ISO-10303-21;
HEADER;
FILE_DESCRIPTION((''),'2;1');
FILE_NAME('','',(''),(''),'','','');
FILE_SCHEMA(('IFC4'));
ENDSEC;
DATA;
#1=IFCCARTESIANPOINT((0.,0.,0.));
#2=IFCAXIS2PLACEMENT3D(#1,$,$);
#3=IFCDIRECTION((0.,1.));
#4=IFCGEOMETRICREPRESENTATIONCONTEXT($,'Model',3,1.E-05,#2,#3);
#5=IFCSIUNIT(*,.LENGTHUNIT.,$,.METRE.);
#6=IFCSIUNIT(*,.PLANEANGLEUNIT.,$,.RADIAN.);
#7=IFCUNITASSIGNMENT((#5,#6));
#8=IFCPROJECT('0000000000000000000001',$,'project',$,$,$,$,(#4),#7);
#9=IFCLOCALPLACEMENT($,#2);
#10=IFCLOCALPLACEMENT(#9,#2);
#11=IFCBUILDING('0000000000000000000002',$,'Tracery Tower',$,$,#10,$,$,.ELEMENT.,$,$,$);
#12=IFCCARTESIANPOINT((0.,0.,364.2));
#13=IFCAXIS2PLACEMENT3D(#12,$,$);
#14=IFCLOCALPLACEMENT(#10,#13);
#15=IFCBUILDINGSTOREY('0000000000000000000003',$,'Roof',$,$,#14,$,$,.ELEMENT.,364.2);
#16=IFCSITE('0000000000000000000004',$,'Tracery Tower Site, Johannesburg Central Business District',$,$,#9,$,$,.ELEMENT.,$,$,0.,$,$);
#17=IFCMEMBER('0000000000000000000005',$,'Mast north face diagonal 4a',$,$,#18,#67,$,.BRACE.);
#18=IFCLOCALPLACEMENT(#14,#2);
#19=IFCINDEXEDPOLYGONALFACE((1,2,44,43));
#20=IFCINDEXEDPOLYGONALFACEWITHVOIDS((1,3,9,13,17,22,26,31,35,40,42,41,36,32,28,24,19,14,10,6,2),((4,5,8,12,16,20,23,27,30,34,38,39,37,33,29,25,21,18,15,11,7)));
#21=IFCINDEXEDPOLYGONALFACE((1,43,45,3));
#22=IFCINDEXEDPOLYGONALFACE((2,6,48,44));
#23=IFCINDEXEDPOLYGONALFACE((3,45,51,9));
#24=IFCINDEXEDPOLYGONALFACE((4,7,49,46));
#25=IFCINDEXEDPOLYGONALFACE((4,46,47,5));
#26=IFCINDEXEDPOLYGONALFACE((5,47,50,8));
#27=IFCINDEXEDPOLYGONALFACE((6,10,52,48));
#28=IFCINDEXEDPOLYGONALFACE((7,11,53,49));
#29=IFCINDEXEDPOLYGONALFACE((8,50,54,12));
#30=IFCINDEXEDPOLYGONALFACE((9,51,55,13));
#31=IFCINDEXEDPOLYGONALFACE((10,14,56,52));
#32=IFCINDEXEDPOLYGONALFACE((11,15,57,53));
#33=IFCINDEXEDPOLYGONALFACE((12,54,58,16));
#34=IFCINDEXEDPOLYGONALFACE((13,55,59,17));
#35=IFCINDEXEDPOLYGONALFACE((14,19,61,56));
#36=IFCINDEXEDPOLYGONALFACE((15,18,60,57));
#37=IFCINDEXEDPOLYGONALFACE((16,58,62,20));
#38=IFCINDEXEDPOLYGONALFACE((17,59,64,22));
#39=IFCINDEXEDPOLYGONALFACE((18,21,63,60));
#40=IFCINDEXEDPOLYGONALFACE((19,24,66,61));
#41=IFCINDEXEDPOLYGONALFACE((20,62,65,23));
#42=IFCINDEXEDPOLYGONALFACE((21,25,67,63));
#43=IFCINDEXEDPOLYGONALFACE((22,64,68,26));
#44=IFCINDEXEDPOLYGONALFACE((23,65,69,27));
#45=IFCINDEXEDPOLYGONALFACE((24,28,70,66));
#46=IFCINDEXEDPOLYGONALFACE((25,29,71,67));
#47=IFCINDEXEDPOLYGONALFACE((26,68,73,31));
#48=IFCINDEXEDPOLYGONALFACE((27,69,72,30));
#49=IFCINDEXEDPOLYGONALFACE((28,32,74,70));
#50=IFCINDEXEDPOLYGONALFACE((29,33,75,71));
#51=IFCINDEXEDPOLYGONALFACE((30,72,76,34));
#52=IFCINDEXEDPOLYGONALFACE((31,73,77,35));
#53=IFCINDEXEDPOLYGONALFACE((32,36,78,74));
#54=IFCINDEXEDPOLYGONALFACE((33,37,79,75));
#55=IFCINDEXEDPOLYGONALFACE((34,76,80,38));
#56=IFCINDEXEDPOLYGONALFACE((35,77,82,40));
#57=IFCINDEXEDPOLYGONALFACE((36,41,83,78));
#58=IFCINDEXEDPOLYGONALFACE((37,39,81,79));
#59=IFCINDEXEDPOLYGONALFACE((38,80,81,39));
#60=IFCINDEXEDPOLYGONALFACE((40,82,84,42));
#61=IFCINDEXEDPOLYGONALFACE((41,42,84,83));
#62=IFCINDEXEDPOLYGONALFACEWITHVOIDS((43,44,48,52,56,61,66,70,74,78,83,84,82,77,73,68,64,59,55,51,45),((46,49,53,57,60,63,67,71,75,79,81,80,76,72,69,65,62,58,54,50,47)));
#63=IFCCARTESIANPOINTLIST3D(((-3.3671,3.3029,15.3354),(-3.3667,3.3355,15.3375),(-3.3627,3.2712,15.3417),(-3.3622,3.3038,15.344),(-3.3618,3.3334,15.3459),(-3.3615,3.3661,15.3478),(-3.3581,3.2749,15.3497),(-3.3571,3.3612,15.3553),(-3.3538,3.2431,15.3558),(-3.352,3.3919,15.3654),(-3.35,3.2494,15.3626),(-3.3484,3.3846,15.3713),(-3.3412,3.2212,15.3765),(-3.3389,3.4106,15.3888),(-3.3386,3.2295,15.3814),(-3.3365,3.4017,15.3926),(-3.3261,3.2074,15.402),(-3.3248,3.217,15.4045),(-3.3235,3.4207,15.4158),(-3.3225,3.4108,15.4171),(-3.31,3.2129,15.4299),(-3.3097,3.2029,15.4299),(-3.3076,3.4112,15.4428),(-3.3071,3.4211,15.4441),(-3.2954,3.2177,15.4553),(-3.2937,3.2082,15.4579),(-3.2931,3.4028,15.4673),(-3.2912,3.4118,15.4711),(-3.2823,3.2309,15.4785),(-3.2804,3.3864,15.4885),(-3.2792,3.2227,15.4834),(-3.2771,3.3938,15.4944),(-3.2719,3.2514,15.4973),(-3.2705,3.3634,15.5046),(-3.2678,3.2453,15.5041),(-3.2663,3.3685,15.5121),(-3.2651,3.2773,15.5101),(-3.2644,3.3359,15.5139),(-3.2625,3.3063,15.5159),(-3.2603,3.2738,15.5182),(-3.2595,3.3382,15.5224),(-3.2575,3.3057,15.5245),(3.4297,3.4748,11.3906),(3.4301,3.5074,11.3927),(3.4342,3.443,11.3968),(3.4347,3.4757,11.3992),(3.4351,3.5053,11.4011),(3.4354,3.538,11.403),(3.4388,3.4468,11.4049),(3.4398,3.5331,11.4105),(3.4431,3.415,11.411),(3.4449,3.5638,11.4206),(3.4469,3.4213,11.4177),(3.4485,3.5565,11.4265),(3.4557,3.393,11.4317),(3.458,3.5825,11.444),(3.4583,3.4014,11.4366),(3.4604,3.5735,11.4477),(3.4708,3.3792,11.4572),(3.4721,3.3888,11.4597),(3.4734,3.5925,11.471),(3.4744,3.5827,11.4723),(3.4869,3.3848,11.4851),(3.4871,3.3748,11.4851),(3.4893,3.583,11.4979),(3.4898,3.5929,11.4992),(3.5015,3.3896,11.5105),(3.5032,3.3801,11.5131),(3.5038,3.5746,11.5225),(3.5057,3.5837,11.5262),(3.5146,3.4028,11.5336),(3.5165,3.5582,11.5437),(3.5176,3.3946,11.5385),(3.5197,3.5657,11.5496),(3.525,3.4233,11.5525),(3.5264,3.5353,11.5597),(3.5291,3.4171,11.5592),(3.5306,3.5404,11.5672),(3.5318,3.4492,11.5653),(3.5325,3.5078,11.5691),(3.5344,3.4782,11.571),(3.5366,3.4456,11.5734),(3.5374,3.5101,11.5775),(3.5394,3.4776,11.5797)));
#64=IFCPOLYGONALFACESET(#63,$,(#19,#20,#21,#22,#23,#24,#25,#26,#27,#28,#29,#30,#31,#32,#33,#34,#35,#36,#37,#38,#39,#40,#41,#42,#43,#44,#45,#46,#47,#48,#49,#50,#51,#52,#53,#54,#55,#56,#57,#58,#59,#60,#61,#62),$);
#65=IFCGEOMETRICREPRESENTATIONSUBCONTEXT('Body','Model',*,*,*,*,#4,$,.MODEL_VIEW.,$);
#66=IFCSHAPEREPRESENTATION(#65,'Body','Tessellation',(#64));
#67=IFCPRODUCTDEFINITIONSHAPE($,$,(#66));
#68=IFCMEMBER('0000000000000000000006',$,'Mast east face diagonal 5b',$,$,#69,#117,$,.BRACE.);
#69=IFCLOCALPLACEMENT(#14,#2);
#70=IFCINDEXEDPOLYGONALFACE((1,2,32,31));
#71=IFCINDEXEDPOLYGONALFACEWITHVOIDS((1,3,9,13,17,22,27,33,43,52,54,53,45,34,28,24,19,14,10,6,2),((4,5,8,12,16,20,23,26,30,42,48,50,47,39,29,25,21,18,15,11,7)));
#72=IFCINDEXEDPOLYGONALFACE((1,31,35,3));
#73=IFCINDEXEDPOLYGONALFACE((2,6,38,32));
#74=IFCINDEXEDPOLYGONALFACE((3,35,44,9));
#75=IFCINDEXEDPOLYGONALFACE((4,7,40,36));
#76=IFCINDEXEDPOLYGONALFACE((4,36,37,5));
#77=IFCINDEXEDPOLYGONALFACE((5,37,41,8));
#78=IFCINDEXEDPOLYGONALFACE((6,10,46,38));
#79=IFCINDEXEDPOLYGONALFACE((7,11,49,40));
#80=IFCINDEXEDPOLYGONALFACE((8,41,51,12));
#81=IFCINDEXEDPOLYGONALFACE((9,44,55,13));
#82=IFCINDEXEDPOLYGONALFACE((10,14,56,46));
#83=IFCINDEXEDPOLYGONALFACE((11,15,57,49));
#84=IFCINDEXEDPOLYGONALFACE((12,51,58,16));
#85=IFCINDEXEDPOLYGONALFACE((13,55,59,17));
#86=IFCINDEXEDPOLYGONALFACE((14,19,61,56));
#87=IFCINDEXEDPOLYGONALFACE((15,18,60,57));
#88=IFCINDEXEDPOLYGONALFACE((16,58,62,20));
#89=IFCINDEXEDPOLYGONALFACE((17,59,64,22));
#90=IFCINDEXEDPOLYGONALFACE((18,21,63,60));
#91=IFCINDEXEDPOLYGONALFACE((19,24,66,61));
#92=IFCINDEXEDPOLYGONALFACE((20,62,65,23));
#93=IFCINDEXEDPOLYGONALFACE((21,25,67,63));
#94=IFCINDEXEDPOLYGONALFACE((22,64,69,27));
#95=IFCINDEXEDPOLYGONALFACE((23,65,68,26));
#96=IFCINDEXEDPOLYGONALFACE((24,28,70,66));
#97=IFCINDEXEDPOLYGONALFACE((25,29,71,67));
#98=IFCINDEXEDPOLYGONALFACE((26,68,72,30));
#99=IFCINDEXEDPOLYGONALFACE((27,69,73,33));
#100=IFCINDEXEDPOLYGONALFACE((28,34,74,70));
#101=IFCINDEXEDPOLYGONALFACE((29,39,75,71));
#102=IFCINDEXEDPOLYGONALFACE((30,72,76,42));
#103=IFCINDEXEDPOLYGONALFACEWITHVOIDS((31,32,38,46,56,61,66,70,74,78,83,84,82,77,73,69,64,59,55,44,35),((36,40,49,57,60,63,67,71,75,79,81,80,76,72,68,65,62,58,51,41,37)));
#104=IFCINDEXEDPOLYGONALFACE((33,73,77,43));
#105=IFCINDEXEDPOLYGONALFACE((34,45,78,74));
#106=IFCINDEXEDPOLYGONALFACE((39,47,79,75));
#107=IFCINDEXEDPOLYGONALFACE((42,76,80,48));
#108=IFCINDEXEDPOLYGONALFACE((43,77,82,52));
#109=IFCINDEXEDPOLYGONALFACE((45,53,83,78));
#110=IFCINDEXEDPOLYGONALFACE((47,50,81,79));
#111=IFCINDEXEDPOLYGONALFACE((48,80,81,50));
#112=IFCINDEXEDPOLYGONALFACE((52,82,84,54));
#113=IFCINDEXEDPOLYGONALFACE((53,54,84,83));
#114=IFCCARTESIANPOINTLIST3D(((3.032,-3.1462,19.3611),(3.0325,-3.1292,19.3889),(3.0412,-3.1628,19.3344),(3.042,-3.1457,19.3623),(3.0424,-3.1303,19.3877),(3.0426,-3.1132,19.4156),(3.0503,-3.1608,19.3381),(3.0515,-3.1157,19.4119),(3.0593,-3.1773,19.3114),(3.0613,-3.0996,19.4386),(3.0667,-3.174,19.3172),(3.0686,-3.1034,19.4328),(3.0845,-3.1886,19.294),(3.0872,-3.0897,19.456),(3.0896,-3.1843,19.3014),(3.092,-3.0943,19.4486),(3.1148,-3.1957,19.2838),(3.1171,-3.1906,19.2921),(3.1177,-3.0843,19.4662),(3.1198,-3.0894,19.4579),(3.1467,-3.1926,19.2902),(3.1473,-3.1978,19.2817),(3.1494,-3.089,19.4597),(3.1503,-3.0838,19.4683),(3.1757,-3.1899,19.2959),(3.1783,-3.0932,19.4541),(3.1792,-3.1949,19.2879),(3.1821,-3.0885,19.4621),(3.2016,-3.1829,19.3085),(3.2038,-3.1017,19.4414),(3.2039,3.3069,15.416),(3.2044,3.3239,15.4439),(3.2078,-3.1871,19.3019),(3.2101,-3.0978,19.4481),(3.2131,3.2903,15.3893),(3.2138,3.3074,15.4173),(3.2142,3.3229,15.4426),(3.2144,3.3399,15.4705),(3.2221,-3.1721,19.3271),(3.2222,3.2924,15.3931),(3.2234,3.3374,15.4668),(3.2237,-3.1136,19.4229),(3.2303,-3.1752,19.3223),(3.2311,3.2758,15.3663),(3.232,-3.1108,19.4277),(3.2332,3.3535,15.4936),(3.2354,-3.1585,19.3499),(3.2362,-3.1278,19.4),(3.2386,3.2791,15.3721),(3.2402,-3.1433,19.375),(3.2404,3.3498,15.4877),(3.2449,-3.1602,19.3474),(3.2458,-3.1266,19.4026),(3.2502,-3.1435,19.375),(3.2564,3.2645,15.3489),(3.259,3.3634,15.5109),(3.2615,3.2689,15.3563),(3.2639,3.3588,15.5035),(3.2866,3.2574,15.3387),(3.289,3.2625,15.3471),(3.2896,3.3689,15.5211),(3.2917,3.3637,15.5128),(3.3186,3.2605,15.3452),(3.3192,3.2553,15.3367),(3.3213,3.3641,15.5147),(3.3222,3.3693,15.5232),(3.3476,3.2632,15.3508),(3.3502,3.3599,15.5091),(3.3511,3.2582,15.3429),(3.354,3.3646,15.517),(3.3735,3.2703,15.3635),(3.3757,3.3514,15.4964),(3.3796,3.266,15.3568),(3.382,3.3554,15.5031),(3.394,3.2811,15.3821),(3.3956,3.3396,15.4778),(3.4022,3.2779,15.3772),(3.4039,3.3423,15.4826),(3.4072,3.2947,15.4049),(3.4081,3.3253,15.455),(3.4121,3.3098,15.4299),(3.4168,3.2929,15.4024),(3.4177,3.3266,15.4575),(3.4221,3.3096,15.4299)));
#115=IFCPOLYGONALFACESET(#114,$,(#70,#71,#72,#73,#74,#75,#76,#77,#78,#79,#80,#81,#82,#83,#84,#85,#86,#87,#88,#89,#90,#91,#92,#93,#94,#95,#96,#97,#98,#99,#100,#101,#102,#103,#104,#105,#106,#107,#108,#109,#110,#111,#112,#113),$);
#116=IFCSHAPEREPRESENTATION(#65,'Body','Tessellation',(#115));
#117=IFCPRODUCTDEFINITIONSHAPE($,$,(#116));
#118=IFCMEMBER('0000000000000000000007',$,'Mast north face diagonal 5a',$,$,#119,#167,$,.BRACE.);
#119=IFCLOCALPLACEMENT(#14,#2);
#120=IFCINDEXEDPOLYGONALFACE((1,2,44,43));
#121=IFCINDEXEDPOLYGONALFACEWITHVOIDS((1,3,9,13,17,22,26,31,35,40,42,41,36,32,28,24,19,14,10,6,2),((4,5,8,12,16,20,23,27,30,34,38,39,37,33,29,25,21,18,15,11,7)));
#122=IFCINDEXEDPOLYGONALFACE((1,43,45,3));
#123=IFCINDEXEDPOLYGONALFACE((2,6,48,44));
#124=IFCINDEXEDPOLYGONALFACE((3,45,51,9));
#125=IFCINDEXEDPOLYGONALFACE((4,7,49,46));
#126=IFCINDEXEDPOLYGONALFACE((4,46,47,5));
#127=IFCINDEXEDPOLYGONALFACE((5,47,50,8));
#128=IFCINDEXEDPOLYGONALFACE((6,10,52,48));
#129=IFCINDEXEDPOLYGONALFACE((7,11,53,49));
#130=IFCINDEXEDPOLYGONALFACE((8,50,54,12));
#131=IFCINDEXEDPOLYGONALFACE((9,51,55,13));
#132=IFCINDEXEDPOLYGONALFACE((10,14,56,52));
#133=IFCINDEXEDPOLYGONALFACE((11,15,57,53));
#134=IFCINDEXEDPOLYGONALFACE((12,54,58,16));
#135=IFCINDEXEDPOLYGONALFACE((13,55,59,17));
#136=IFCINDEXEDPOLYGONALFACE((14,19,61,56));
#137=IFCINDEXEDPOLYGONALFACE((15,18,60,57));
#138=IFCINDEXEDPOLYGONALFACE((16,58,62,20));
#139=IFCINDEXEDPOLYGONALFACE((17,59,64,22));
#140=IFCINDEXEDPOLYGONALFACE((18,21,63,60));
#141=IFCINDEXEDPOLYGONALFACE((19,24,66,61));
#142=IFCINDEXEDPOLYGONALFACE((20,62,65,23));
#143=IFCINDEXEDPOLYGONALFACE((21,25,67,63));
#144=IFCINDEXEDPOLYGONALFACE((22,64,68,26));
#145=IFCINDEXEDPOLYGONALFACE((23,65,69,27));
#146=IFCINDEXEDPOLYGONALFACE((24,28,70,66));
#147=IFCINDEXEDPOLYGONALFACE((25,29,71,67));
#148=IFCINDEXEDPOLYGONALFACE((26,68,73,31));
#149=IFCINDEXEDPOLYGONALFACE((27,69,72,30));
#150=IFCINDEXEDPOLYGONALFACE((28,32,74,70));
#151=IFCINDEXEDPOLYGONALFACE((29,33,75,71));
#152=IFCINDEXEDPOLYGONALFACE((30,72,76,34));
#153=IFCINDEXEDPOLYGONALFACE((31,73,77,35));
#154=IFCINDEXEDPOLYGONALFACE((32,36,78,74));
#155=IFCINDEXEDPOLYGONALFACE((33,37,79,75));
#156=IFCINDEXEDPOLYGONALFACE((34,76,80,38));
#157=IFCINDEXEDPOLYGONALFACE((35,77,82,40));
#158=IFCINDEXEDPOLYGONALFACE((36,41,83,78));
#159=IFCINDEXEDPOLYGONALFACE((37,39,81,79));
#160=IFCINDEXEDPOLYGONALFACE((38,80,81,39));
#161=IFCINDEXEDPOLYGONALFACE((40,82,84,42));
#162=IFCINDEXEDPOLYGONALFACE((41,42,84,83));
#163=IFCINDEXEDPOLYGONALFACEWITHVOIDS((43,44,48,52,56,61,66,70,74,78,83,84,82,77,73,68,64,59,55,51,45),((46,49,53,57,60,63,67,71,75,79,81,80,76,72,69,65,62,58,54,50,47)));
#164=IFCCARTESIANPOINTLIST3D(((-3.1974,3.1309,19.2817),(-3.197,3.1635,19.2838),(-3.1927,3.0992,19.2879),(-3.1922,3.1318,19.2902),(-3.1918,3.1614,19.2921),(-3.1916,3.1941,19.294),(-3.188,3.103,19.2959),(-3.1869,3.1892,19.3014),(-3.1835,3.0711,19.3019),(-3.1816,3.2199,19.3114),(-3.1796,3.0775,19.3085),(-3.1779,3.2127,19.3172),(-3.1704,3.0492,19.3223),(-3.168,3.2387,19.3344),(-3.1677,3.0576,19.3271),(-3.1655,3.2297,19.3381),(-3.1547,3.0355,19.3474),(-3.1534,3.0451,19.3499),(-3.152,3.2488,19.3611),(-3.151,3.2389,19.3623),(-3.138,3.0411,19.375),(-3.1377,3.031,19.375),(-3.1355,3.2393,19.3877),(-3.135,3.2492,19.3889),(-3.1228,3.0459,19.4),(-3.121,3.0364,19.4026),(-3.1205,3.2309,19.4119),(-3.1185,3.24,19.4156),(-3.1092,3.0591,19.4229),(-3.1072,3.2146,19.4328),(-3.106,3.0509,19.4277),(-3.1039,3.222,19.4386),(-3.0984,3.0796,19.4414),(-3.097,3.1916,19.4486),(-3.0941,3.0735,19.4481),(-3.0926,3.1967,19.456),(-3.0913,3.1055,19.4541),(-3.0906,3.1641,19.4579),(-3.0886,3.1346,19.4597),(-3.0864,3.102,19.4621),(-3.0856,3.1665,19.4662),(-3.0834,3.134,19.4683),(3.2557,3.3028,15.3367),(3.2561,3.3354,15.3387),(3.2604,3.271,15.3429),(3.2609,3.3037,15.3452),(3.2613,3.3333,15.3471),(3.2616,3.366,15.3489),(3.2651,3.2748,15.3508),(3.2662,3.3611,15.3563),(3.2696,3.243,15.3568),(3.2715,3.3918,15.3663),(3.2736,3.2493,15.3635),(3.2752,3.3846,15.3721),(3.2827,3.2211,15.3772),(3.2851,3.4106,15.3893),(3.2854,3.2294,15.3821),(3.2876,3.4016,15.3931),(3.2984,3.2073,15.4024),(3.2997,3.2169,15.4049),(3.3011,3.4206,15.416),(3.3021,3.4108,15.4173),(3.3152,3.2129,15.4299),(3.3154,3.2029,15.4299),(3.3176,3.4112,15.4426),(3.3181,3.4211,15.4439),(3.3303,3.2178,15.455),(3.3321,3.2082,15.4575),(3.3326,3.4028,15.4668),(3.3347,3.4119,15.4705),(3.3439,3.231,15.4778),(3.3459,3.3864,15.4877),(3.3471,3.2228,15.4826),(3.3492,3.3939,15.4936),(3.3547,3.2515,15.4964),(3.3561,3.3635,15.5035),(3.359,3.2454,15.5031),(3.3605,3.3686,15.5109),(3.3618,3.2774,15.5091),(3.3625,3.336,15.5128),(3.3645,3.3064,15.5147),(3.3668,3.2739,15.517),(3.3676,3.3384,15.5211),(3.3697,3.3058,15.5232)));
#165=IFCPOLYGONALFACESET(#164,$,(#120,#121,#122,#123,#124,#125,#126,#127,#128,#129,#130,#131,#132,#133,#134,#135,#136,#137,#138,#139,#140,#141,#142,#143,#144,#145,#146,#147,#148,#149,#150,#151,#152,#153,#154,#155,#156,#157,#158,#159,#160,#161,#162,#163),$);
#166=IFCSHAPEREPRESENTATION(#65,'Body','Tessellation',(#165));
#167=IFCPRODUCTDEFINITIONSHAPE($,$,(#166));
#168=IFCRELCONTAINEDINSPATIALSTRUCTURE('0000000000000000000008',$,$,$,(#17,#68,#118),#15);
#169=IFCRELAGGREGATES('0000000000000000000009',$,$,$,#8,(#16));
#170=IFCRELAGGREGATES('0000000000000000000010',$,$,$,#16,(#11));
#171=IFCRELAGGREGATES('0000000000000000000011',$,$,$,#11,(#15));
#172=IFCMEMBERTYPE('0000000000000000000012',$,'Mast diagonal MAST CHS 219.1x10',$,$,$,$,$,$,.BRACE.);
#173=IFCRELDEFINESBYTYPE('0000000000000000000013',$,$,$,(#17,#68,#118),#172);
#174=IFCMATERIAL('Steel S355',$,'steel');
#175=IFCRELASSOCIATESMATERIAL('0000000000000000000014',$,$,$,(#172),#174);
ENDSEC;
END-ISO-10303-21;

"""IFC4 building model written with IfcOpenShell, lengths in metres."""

from ifc_helpers import new_model, si_unit, direction, frame, origin, origin_2d, place, context, subcontext, project, spatial, hollow_circle, extrude, material, material_profile, profile_set, type_object, element, save


model = new_model("IFC4")

# Units and contexts
model_context = context("Model", 3, precision=1e-05, world=origin(), true_north=direction((0.0, 1.0)))
body_context = subcontext(model_context, "Body", "Model", "MODEL_VIEW")
ifc_project = project(units=[si_unit("LENGTHUNIT", "METRE"), si_unit("PLANEANGLEUNIT", "RADIAN")], contexts=[model_context])

# Site, building, storey
site_placement = place(None, origin())
site = spatial("IfcSite", under=ifc_project, at=site_placement, Name="Tracery Tower Site, Johannesburg Central Business District", CompositionType="ELEMENT", RefElevation=0.0)
building_placement = place(site_placement, origin())
building = spatial("IfcBuilding", under=site, at=building_placement, Name="Tracery Tower", CompositionType="ELEMENT")
storey_placement = place(building_placement, frame((0.0, 0.0, 364.2)))
storey = spatial("IfcBuildingStorey", under=building, at=storey_placement, Name="Roof", CompositionType="ELEMENT", Elevation=364.2)

# Members
ifc_material_1 = material(Name="Steel S355", Category="steel")
ifc_material_profile_1 = material_profile(ifc_material_1, hollow_circle(Radius=0.1096, WallThickness=0.01, at=origin_2d()), Name="CHS 219.1x10")
ifc_profile_set_1 = profile_set([ifc_material_profile_1], Name="Steel S355")
member_type_1 = type_object("IfcMemberType", Name="Mast diagonal MAST CHS 219.1x10", PredefinedType="BRACE", material=ifc_profile_set_1)
member_1_placement = place(storey_placement, frame((3.4844, 3.4844, 11.4851), z_axis=(-0.864679, -0.021865, 0.501849), x_axis=(0.025279, -0.99968, 0.0)))
element("IfcMember", 1, at=member_1_placement, inside=storey, type_object=member_type_1, Name="Mast north face diagonal 4a", PredefinedType="BRACE", context=body_context, shape_type="SweptSolid", body=[
    extrude(hollow_circle(Radius=0.1096, WallThickness=0.01, at=origin_2d()), origin(), (0.0, 0.0, 1.0), 7.8606),
])
for number, where, z_axis, x_axis, name in (
    (2, (3.3125, 3.3125, 15.4299), (-0.022718, -0.852974, 0.521459), (0.999645, -0.026625, 0.0), "Mast east face diagonal 5b"),
    (3, (3.3125, 3.3125, 15.4299), (-0.852974, -0.022718, 0.521459), (0.026625, -0.999645, 0.0), "Mast north face diagonal 5a"),
):
    element("IfcMember", number, at=place(storey_placement, frame(where, z_axis=z_axis, x_axis=x_axis)), inside=storey, type_object=member_type_1, Name=name, PredefinedType="BRACE", context=body_context, shape_type="SweptSolid", body=[
        extrude(hollow_circle(Radius=0.1096, WallThickness=0.01, at=origin_2d()), origin(), (0.0, 0.0, 1.0), 7.5654),
    ])

save(model, "model.ifc")
